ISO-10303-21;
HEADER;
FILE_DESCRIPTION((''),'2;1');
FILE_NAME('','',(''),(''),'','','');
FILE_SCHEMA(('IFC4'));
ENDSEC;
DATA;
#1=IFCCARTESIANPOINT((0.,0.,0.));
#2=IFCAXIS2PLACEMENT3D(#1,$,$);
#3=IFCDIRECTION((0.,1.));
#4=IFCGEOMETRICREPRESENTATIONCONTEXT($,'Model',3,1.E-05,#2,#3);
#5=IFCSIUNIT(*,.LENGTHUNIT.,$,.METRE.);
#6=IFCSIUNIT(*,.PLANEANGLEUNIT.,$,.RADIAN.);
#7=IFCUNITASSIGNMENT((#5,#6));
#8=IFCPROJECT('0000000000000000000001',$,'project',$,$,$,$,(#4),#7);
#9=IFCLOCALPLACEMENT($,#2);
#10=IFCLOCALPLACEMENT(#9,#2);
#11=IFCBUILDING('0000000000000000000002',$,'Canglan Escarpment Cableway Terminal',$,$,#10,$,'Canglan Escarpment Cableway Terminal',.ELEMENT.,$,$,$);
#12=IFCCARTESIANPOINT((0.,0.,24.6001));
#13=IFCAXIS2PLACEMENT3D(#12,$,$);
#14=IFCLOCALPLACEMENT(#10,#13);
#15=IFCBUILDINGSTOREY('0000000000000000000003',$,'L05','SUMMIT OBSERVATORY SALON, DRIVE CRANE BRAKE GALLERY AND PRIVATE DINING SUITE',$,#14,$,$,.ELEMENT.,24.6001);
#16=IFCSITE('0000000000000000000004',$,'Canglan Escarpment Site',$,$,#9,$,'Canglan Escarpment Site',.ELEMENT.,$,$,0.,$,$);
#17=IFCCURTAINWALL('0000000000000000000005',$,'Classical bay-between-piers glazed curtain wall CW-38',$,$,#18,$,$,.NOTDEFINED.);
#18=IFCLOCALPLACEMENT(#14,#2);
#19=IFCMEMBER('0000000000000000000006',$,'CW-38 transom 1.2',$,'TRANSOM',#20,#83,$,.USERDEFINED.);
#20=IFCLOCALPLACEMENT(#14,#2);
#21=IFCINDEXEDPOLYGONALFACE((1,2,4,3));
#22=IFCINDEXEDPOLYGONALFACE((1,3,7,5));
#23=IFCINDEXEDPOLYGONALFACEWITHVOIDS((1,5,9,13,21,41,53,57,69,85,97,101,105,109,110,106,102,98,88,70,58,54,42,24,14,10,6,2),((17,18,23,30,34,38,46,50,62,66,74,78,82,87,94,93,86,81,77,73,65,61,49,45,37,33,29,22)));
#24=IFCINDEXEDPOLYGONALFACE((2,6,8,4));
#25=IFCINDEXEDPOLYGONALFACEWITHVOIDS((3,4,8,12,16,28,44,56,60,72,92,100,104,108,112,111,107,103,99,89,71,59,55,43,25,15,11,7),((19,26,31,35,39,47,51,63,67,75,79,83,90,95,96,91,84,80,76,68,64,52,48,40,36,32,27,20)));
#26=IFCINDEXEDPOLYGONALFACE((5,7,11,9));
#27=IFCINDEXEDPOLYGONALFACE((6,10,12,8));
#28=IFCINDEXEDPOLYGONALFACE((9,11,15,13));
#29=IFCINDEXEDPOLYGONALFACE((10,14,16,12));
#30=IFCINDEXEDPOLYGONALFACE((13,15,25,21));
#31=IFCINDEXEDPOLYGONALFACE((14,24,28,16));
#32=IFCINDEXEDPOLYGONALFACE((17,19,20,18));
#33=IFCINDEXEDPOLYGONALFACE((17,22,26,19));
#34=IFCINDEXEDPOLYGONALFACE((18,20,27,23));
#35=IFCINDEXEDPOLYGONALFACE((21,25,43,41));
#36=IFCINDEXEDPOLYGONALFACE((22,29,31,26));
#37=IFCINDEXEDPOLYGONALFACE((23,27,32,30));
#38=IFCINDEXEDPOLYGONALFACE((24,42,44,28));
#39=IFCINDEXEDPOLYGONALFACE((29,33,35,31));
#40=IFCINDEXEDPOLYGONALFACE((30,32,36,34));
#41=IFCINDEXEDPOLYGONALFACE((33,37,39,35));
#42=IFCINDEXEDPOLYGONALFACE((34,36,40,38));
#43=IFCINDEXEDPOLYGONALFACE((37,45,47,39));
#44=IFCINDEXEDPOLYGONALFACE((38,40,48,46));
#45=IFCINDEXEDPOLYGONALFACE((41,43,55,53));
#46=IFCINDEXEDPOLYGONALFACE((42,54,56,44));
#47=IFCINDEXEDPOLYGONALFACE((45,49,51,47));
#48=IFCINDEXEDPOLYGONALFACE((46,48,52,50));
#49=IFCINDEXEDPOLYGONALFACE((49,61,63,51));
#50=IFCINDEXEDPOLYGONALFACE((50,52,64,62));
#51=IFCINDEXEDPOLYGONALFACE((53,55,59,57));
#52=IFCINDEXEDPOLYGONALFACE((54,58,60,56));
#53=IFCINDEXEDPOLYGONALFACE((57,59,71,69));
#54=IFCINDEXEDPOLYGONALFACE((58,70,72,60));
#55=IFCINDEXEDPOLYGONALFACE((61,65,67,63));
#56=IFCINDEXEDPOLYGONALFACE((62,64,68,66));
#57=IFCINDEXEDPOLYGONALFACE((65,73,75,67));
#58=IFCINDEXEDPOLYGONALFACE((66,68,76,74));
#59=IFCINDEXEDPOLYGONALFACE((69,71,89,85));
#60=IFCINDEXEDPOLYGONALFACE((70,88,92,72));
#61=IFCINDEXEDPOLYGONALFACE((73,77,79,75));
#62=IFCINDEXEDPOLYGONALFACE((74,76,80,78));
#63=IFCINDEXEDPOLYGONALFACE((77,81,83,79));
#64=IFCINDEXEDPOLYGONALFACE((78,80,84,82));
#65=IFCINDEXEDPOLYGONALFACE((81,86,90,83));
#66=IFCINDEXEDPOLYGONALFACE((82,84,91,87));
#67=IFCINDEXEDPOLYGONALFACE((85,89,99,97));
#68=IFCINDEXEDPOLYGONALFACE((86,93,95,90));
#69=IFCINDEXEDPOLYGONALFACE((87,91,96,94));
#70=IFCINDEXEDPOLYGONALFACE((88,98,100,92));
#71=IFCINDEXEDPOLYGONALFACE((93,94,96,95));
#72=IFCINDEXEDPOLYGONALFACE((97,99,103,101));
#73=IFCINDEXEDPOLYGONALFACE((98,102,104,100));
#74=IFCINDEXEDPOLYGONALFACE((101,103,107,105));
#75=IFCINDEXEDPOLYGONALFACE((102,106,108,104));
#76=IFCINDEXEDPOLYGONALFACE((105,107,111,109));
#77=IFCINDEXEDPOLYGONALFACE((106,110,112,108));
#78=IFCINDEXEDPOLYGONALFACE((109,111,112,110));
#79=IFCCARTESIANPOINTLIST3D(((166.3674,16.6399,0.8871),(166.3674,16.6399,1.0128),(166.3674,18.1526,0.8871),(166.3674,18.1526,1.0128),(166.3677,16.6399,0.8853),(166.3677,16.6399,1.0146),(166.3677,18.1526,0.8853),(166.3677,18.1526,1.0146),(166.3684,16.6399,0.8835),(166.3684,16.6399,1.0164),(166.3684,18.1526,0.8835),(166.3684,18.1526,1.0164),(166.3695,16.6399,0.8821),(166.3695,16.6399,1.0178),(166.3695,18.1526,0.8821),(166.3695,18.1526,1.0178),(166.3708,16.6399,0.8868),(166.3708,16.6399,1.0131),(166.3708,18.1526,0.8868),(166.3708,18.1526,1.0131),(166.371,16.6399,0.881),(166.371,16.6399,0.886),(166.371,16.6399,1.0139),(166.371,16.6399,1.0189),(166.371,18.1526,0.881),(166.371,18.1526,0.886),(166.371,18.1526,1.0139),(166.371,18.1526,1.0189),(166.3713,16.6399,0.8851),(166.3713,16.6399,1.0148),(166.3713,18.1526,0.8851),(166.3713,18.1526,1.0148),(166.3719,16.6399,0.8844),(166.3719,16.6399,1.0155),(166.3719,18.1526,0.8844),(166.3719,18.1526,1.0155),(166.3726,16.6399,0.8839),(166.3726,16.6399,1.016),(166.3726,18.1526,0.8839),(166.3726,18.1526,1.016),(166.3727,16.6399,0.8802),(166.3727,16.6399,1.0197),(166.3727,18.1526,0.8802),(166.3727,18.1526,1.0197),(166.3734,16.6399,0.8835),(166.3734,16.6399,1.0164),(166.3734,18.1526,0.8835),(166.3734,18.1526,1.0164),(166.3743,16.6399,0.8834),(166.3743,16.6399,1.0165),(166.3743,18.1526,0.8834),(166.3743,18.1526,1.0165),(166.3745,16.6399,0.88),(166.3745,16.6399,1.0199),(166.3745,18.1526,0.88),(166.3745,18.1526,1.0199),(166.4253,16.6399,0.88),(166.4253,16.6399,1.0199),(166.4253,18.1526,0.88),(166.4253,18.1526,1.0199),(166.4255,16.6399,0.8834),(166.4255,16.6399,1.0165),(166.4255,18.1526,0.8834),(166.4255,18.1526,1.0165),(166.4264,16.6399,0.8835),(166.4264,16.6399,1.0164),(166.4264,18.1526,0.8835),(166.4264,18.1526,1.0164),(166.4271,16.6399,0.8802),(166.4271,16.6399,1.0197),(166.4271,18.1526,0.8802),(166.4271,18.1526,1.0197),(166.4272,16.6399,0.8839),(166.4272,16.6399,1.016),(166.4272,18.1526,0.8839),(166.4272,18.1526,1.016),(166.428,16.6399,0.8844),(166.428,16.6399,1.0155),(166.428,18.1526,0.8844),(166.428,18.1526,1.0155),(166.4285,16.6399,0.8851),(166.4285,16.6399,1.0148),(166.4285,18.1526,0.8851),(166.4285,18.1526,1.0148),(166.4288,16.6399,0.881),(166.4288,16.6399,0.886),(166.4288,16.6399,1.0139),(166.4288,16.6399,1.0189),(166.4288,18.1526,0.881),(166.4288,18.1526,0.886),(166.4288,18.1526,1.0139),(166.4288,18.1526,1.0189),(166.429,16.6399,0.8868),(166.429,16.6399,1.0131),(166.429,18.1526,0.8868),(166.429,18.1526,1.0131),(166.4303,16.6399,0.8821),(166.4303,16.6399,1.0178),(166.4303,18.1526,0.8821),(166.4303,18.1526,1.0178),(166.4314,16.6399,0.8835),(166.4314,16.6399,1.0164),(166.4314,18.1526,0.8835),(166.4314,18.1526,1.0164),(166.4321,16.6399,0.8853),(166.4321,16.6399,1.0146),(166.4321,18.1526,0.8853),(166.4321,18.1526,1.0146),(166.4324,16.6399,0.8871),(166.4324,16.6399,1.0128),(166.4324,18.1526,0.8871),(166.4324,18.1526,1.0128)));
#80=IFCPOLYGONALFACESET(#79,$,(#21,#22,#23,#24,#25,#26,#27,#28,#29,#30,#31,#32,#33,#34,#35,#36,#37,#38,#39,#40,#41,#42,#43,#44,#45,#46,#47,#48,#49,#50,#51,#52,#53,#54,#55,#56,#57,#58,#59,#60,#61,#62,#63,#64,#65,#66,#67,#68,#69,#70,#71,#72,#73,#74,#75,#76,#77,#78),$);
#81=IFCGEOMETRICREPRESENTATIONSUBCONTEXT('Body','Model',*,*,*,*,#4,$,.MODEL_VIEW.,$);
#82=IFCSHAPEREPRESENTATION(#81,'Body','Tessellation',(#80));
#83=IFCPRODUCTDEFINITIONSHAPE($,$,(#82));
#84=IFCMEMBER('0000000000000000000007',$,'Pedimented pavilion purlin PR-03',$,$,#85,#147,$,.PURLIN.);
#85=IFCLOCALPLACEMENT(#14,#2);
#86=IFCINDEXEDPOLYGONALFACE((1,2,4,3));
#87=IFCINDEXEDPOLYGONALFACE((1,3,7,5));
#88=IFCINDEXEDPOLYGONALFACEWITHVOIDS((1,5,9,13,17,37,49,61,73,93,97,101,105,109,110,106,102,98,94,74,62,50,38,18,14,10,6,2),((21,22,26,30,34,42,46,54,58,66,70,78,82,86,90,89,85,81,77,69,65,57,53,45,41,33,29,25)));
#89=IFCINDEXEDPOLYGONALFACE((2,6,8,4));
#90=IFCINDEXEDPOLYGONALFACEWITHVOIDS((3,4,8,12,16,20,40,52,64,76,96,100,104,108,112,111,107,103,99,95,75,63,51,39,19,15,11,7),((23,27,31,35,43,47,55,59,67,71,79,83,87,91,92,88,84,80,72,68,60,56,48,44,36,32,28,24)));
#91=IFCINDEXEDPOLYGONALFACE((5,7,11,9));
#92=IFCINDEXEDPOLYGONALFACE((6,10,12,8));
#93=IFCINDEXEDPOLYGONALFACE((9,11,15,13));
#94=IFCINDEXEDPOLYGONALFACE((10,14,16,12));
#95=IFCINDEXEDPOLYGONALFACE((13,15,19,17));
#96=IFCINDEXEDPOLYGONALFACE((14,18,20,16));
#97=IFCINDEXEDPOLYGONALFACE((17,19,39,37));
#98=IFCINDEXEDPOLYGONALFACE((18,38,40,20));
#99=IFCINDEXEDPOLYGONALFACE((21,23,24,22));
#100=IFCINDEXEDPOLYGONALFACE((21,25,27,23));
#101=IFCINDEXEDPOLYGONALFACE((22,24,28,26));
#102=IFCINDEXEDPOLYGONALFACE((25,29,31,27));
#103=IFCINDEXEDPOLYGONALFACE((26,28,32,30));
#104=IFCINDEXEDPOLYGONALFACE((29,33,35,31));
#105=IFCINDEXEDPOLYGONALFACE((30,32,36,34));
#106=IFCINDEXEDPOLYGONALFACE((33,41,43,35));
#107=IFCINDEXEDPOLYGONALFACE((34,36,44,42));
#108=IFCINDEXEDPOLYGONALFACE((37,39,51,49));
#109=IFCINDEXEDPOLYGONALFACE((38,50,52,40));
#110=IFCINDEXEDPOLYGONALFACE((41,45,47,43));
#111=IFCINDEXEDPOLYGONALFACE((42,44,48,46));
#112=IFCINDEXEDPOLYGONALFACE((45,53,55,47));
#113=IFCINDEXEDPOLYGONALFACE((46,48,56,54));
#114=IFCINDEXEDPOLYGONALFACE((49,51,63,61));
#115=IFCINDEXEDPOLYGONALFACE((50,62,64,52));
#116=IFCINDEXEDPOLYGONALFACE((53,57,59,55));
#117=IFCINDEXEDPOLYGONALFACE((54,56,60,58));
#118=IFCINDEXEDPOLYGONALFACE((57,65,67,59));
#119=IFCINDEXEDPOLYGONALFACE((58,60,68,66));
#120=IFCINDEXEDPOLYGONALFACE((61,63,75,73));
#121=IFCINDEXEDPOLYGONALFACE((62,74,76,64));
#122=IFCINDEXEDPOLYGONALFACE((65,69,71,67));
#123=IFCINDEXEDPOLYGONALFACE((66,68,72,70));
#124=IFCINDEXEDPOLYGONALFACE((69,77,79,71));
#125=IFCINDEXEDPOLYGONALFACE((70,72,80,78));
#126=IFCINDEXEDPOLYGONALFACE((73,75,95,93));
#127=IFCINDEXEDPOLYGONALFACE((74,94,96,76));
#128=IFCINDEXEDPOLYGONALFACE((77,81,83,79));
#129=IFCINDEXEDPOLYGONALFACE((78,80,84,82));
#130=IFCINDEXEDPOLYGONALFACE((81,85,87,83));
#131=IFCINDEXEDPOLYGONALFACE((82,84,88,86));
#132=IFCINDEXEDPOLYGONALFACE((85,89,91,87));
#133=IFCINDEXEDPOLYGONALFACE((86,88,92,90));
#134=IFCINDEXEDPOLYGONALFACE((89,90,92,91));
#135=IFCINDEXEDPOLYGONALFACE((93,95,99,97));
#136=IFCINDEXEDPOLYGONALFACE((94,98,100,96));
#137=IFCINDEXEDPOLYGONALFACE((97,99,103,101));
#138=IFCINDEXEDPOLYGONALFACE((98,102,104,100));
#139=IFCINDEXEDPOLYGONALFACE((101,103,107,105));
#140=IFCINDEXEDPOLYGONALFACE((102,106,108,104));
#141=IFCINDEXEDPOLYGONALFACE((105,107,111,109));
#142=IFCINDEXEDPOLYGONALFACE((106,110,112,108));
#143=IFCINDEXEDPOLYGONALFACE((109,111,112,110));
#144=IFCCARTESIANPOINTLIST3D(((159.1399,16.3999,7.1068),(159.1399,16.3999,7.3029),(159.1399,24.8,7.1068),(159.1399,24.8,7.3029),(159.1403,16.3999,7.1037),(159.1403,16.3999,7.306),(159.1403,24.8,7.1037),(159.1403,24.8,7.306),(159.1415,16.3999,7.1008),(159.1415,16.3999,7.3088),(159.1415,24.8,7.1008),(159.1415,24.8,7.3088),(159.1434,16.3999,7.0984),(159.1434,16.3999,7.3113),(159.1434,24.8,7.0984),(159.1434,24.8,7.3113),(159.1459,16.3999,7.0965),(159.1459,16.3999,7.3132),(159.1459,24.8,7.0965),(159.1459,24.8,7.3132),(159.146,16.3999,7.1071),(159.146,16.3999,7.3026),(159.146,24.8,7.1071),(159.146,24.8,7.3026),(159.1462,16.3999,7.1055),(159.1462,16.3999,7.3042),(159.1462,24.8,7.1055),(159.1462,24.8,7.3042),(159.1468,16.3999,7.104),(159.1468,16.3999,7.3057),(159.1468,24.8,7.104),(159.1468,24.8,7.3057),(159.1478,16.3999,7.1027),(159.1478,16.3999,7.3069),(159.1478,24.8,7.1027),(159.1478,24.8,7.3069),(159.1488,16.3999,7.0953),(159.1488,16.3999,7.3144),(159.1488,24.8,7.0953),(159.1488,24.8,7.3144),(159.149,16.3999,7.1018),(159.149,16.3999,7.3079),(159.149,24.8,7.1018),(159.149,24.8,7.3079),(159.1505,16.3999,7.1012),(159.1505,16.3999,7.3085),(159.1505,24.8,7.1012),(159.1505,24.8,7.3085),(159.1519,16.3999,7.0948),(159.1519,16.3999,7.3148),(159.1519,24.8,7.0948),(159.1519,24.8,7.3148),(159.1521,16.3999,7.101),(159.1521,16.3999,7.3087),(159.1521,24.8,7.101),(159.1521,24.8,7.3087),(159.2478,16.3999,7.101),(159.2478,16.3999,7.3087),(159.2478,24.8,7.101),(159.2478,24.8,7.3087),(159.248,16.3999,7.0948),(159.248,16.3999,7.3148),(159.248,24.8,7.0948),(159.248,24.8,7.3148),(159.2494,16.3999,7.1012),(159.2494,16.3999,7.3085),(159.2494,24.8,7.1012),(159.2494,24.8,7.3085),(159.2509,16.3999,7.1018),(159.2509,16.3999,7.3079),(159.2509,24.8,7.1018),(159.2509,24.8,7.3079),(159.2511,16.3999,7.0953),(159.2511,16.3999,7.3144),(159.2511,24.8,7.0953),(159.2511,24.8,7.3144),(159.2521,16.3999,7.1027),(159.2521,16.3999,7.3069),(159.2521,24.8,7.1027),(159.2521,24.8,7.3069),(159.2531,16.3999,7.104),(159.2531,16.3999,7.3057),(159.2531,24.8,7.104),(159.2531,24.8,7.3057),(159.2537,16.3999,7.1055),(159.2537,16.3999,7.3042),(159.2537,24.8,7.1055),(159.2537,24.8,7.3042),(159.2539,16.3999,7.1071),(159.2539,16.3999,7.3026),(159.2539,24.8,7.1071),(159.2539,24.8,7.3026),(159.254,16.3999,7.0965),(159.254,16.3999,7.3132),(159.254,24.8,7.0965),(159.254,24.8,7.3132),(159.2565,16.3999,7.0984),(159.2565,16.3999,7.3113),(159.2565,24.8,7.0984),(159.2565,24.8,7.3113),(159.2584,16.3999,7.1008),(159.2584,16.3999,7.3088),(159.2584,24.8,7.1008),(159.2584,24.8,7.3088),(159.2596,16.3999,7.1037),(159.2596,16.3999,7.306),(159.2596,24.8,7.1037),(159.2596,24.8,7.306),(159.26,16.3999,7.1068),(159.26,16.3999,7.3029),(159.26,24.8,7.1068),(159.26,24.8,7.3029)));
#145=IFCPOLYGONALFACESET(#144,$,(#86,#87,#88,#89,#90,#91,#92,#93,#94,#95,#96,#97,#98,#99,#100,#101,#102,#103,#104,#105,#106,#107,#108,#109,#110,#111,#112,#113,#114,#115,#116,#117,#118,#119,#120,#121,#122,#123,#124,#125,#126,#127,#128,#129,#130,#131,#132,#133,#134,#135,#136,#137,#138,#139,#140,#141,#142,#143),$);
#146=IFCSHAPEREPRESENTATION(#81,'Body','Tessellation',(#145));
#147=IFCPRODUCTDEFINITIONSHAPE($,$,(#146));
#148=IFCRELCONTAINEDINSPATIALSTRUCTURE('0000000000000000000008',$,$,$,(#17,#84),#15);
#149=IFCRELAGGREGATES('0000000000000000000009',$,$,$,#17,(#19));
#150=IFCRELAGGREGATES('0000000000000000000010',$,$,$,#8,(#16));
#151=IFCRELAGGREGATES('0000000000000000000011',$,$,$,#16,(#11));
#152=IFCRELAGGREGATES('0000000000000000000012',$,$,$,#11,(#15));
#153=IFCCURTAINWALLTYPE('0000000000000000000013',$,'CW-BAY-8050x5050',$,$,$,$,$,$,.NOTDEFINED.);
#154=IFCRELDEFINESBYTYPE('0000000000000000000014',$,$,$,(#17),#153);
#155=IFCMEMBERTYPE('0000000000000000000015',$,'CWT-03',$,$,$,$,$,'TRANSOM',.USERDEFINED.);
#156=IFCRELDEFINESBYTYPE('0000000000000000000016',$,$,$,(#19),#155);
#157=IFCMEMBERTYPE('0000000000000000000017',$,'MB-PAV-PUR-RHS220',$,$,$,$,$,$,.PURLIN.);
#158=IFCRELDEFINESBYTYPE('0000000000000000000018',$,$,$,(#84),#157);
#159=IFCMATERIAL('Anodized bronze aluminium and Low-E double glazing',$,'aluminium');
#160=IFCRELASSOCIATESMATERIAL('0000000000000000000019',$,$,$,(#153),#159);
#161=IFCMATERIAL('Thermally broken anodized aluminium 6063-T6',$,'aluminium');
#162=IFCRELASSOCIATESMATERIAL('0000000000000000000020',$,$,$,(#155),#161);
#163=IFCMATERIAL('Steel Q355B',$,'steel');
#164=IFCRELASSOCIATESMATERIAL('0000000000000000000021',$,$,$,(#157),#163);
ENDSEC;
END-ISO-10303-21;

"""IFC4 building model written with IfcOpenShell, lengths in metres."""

from ifc_helpers import new_model, si_unit, direction, frame, origin, origin_2d, place, context, subcontext, project, spatial, hollow_rectangle, extrude, material, material_profile, profile_set, type_object, element, aggregate, save


model = new_model("IFC4")

# Units and contexts
model_context = context("Model", 3, precision=1e-05, world=origin(), true_north=direction((0.0, 1.0)))
body_context = subcontext(model_context, "Body", "Model", "MODEL_VIEW")
ifc_project = project(units=[si_unit("LENGTHUNIT", "METRE"), si_unit("PLANEANGLEUNIT", "RADIAN")], contexts=[model_context])

# Site, building, storey
site_placement = place(None, origin())
site = spatial("IfcSite", under=ifc_project, at=site_placement, Name="Canglan Escarpment Site", LongName="Canglan Escarpment Site", CompositionType="ELEMENT", RefElevation=0.0)
building_placement = place(site_placement, origin())
building = spatial("IfcBuilding", under=site, at=building_placement, Name="Canglan Escarpment Cableway Terminal", LongName="Canglan Escarpment Cableway Terminal", CompositionType="ELEMENT")
storey_placement = place(building_placement, frame((0.0, 0.0, 24.6001)))
storey = spatial("IfcBuildingStorey", under=building, at=storey_placement, Name="L05", Description="SUMMIT OBSERVATORY SALON, DRIVE CRANE BRAKE GALLERY AND PRIVATE DINING SUITE", CompositionType="ELEMENT", Elevation=24.6001)

# Shared definitions
ifc_material_1 = material(Name="Anodized bronze aluminium and Low-E double glazing", Category="aluminium")
curtain_wall_type = type_object("IfcCurtainWallType", Name="CW-BAY-8050x5050", PredefinedType="NOTDEFINED", material=ifc_material_1)
ifc_material_2 = material(Name="Thermally broken anodized aluminium 6063-T6", Category="aluminium")

# Curtain wall
curtain_wall_1_placement = place(storey_placement, origin())
curtain_wall_1 = element("IfcCurtainWall", 1, at=curtain_wall_1_placement, inside=storey, type_object=curtain_wall_type, Name="Classical bay-between-piers glazed curtain wall CW-38", PredefinedType="NOTDEFINED")

# Member
ifc_material_profile_1 = material_profile(ifc_material_2, hollow_rectangle(XDim=0.0649, YDim=0.1399, WallThickness=0.0034, InnerFilletRadius=0.0034, OuterFilletRadius=0.0071, at=origin_2d()), Name="ALU-TRAN 65x140x3.5")
ifc_profile_set_1 = profile_set([ifc_material_profile_1], Name="Thermally broken anodized aluminium 6063-T6")
member_type_1 = type_object("IfcMemberType", Name="CWT-03", ElementType="TRANSOM", PredefinedType="USERDEFINED", material=ifc_profile_set_1)
member_1_placement = place(storey_placement, frame((166.3999, 16.6399, 0.95), z_axis=(0.0, 1.0, 0.0), x_axis=(-1.0, 0.0, 0.0)))
member_1 = element("IfcMember", 2, at=member_1_placement, type_object=member_type_1, Name="CW-38 transom 1.2", ObjectType="TRANSOM", PredefinedType="USERDEFINED", context=body_context, shape_type="SweptSolid", body=[
    extrude(hollow_rectangle(XDim=0.0649, YDim=0.1399, WallThickness=0.0034, InnerFilletRadius=0.0034, OuterFilletRadius=0.0071, at=origin_2d()), origin(), (0.0, 0.0, 1.0), 1.5127),
])
aggregate(curtain_wall_1, [member_1])

# Member
ifc_material_3 = material(Name="Steel Q355B", Category="steel")
ifc_material_profile_2 = material_profile(ifc_material_3, hollow_rectangle(XDim=0.1201, YDim=0.22, WallThickness=0.0061, InnerFilletRadius=0.0061, OuterFilletRadius=0.012, at=origin_2d()), Name="RHS 220x120x6")
ifc_profile_set_2 = profile_set([ifc_material_profile_2], Name="Steel Q355B")
member_type_2 = type_object("IfcMemberType", Name="MB-PAV-PUR-RHS220", PredefinedType="PURLIN", material=ifc_profile_set_2)
for number, where, z_axis, x_axis, name in (
    (3, (159.2, 16.3999, 7.2048), (0.0, 1.0, 0.0), (-1.0, 0.0, 0.0), "Pedimented pavilion purlin PR-03"),
):
    element("IfcMember", number, at=place(storey_placement, frame(where, z_axis=z_axis, x_axis=x_axis)), inside=storey, type_object=member_type_2, Name=name, PredefinedType="PURLIN", context=body_context, shape_type="SweptSolid", body=[
        extrude(hollow_rectangle(XDim=0.1201, YDim=0.22, WallThickness=0.0061, InnerFilletRadius=0.0061, OuterFilletRadius=0.012, at=origin_2d()), origin(), (0.0, 0.0, 1.0), 8.4001),
    ])

save(model, "model.ifc")
